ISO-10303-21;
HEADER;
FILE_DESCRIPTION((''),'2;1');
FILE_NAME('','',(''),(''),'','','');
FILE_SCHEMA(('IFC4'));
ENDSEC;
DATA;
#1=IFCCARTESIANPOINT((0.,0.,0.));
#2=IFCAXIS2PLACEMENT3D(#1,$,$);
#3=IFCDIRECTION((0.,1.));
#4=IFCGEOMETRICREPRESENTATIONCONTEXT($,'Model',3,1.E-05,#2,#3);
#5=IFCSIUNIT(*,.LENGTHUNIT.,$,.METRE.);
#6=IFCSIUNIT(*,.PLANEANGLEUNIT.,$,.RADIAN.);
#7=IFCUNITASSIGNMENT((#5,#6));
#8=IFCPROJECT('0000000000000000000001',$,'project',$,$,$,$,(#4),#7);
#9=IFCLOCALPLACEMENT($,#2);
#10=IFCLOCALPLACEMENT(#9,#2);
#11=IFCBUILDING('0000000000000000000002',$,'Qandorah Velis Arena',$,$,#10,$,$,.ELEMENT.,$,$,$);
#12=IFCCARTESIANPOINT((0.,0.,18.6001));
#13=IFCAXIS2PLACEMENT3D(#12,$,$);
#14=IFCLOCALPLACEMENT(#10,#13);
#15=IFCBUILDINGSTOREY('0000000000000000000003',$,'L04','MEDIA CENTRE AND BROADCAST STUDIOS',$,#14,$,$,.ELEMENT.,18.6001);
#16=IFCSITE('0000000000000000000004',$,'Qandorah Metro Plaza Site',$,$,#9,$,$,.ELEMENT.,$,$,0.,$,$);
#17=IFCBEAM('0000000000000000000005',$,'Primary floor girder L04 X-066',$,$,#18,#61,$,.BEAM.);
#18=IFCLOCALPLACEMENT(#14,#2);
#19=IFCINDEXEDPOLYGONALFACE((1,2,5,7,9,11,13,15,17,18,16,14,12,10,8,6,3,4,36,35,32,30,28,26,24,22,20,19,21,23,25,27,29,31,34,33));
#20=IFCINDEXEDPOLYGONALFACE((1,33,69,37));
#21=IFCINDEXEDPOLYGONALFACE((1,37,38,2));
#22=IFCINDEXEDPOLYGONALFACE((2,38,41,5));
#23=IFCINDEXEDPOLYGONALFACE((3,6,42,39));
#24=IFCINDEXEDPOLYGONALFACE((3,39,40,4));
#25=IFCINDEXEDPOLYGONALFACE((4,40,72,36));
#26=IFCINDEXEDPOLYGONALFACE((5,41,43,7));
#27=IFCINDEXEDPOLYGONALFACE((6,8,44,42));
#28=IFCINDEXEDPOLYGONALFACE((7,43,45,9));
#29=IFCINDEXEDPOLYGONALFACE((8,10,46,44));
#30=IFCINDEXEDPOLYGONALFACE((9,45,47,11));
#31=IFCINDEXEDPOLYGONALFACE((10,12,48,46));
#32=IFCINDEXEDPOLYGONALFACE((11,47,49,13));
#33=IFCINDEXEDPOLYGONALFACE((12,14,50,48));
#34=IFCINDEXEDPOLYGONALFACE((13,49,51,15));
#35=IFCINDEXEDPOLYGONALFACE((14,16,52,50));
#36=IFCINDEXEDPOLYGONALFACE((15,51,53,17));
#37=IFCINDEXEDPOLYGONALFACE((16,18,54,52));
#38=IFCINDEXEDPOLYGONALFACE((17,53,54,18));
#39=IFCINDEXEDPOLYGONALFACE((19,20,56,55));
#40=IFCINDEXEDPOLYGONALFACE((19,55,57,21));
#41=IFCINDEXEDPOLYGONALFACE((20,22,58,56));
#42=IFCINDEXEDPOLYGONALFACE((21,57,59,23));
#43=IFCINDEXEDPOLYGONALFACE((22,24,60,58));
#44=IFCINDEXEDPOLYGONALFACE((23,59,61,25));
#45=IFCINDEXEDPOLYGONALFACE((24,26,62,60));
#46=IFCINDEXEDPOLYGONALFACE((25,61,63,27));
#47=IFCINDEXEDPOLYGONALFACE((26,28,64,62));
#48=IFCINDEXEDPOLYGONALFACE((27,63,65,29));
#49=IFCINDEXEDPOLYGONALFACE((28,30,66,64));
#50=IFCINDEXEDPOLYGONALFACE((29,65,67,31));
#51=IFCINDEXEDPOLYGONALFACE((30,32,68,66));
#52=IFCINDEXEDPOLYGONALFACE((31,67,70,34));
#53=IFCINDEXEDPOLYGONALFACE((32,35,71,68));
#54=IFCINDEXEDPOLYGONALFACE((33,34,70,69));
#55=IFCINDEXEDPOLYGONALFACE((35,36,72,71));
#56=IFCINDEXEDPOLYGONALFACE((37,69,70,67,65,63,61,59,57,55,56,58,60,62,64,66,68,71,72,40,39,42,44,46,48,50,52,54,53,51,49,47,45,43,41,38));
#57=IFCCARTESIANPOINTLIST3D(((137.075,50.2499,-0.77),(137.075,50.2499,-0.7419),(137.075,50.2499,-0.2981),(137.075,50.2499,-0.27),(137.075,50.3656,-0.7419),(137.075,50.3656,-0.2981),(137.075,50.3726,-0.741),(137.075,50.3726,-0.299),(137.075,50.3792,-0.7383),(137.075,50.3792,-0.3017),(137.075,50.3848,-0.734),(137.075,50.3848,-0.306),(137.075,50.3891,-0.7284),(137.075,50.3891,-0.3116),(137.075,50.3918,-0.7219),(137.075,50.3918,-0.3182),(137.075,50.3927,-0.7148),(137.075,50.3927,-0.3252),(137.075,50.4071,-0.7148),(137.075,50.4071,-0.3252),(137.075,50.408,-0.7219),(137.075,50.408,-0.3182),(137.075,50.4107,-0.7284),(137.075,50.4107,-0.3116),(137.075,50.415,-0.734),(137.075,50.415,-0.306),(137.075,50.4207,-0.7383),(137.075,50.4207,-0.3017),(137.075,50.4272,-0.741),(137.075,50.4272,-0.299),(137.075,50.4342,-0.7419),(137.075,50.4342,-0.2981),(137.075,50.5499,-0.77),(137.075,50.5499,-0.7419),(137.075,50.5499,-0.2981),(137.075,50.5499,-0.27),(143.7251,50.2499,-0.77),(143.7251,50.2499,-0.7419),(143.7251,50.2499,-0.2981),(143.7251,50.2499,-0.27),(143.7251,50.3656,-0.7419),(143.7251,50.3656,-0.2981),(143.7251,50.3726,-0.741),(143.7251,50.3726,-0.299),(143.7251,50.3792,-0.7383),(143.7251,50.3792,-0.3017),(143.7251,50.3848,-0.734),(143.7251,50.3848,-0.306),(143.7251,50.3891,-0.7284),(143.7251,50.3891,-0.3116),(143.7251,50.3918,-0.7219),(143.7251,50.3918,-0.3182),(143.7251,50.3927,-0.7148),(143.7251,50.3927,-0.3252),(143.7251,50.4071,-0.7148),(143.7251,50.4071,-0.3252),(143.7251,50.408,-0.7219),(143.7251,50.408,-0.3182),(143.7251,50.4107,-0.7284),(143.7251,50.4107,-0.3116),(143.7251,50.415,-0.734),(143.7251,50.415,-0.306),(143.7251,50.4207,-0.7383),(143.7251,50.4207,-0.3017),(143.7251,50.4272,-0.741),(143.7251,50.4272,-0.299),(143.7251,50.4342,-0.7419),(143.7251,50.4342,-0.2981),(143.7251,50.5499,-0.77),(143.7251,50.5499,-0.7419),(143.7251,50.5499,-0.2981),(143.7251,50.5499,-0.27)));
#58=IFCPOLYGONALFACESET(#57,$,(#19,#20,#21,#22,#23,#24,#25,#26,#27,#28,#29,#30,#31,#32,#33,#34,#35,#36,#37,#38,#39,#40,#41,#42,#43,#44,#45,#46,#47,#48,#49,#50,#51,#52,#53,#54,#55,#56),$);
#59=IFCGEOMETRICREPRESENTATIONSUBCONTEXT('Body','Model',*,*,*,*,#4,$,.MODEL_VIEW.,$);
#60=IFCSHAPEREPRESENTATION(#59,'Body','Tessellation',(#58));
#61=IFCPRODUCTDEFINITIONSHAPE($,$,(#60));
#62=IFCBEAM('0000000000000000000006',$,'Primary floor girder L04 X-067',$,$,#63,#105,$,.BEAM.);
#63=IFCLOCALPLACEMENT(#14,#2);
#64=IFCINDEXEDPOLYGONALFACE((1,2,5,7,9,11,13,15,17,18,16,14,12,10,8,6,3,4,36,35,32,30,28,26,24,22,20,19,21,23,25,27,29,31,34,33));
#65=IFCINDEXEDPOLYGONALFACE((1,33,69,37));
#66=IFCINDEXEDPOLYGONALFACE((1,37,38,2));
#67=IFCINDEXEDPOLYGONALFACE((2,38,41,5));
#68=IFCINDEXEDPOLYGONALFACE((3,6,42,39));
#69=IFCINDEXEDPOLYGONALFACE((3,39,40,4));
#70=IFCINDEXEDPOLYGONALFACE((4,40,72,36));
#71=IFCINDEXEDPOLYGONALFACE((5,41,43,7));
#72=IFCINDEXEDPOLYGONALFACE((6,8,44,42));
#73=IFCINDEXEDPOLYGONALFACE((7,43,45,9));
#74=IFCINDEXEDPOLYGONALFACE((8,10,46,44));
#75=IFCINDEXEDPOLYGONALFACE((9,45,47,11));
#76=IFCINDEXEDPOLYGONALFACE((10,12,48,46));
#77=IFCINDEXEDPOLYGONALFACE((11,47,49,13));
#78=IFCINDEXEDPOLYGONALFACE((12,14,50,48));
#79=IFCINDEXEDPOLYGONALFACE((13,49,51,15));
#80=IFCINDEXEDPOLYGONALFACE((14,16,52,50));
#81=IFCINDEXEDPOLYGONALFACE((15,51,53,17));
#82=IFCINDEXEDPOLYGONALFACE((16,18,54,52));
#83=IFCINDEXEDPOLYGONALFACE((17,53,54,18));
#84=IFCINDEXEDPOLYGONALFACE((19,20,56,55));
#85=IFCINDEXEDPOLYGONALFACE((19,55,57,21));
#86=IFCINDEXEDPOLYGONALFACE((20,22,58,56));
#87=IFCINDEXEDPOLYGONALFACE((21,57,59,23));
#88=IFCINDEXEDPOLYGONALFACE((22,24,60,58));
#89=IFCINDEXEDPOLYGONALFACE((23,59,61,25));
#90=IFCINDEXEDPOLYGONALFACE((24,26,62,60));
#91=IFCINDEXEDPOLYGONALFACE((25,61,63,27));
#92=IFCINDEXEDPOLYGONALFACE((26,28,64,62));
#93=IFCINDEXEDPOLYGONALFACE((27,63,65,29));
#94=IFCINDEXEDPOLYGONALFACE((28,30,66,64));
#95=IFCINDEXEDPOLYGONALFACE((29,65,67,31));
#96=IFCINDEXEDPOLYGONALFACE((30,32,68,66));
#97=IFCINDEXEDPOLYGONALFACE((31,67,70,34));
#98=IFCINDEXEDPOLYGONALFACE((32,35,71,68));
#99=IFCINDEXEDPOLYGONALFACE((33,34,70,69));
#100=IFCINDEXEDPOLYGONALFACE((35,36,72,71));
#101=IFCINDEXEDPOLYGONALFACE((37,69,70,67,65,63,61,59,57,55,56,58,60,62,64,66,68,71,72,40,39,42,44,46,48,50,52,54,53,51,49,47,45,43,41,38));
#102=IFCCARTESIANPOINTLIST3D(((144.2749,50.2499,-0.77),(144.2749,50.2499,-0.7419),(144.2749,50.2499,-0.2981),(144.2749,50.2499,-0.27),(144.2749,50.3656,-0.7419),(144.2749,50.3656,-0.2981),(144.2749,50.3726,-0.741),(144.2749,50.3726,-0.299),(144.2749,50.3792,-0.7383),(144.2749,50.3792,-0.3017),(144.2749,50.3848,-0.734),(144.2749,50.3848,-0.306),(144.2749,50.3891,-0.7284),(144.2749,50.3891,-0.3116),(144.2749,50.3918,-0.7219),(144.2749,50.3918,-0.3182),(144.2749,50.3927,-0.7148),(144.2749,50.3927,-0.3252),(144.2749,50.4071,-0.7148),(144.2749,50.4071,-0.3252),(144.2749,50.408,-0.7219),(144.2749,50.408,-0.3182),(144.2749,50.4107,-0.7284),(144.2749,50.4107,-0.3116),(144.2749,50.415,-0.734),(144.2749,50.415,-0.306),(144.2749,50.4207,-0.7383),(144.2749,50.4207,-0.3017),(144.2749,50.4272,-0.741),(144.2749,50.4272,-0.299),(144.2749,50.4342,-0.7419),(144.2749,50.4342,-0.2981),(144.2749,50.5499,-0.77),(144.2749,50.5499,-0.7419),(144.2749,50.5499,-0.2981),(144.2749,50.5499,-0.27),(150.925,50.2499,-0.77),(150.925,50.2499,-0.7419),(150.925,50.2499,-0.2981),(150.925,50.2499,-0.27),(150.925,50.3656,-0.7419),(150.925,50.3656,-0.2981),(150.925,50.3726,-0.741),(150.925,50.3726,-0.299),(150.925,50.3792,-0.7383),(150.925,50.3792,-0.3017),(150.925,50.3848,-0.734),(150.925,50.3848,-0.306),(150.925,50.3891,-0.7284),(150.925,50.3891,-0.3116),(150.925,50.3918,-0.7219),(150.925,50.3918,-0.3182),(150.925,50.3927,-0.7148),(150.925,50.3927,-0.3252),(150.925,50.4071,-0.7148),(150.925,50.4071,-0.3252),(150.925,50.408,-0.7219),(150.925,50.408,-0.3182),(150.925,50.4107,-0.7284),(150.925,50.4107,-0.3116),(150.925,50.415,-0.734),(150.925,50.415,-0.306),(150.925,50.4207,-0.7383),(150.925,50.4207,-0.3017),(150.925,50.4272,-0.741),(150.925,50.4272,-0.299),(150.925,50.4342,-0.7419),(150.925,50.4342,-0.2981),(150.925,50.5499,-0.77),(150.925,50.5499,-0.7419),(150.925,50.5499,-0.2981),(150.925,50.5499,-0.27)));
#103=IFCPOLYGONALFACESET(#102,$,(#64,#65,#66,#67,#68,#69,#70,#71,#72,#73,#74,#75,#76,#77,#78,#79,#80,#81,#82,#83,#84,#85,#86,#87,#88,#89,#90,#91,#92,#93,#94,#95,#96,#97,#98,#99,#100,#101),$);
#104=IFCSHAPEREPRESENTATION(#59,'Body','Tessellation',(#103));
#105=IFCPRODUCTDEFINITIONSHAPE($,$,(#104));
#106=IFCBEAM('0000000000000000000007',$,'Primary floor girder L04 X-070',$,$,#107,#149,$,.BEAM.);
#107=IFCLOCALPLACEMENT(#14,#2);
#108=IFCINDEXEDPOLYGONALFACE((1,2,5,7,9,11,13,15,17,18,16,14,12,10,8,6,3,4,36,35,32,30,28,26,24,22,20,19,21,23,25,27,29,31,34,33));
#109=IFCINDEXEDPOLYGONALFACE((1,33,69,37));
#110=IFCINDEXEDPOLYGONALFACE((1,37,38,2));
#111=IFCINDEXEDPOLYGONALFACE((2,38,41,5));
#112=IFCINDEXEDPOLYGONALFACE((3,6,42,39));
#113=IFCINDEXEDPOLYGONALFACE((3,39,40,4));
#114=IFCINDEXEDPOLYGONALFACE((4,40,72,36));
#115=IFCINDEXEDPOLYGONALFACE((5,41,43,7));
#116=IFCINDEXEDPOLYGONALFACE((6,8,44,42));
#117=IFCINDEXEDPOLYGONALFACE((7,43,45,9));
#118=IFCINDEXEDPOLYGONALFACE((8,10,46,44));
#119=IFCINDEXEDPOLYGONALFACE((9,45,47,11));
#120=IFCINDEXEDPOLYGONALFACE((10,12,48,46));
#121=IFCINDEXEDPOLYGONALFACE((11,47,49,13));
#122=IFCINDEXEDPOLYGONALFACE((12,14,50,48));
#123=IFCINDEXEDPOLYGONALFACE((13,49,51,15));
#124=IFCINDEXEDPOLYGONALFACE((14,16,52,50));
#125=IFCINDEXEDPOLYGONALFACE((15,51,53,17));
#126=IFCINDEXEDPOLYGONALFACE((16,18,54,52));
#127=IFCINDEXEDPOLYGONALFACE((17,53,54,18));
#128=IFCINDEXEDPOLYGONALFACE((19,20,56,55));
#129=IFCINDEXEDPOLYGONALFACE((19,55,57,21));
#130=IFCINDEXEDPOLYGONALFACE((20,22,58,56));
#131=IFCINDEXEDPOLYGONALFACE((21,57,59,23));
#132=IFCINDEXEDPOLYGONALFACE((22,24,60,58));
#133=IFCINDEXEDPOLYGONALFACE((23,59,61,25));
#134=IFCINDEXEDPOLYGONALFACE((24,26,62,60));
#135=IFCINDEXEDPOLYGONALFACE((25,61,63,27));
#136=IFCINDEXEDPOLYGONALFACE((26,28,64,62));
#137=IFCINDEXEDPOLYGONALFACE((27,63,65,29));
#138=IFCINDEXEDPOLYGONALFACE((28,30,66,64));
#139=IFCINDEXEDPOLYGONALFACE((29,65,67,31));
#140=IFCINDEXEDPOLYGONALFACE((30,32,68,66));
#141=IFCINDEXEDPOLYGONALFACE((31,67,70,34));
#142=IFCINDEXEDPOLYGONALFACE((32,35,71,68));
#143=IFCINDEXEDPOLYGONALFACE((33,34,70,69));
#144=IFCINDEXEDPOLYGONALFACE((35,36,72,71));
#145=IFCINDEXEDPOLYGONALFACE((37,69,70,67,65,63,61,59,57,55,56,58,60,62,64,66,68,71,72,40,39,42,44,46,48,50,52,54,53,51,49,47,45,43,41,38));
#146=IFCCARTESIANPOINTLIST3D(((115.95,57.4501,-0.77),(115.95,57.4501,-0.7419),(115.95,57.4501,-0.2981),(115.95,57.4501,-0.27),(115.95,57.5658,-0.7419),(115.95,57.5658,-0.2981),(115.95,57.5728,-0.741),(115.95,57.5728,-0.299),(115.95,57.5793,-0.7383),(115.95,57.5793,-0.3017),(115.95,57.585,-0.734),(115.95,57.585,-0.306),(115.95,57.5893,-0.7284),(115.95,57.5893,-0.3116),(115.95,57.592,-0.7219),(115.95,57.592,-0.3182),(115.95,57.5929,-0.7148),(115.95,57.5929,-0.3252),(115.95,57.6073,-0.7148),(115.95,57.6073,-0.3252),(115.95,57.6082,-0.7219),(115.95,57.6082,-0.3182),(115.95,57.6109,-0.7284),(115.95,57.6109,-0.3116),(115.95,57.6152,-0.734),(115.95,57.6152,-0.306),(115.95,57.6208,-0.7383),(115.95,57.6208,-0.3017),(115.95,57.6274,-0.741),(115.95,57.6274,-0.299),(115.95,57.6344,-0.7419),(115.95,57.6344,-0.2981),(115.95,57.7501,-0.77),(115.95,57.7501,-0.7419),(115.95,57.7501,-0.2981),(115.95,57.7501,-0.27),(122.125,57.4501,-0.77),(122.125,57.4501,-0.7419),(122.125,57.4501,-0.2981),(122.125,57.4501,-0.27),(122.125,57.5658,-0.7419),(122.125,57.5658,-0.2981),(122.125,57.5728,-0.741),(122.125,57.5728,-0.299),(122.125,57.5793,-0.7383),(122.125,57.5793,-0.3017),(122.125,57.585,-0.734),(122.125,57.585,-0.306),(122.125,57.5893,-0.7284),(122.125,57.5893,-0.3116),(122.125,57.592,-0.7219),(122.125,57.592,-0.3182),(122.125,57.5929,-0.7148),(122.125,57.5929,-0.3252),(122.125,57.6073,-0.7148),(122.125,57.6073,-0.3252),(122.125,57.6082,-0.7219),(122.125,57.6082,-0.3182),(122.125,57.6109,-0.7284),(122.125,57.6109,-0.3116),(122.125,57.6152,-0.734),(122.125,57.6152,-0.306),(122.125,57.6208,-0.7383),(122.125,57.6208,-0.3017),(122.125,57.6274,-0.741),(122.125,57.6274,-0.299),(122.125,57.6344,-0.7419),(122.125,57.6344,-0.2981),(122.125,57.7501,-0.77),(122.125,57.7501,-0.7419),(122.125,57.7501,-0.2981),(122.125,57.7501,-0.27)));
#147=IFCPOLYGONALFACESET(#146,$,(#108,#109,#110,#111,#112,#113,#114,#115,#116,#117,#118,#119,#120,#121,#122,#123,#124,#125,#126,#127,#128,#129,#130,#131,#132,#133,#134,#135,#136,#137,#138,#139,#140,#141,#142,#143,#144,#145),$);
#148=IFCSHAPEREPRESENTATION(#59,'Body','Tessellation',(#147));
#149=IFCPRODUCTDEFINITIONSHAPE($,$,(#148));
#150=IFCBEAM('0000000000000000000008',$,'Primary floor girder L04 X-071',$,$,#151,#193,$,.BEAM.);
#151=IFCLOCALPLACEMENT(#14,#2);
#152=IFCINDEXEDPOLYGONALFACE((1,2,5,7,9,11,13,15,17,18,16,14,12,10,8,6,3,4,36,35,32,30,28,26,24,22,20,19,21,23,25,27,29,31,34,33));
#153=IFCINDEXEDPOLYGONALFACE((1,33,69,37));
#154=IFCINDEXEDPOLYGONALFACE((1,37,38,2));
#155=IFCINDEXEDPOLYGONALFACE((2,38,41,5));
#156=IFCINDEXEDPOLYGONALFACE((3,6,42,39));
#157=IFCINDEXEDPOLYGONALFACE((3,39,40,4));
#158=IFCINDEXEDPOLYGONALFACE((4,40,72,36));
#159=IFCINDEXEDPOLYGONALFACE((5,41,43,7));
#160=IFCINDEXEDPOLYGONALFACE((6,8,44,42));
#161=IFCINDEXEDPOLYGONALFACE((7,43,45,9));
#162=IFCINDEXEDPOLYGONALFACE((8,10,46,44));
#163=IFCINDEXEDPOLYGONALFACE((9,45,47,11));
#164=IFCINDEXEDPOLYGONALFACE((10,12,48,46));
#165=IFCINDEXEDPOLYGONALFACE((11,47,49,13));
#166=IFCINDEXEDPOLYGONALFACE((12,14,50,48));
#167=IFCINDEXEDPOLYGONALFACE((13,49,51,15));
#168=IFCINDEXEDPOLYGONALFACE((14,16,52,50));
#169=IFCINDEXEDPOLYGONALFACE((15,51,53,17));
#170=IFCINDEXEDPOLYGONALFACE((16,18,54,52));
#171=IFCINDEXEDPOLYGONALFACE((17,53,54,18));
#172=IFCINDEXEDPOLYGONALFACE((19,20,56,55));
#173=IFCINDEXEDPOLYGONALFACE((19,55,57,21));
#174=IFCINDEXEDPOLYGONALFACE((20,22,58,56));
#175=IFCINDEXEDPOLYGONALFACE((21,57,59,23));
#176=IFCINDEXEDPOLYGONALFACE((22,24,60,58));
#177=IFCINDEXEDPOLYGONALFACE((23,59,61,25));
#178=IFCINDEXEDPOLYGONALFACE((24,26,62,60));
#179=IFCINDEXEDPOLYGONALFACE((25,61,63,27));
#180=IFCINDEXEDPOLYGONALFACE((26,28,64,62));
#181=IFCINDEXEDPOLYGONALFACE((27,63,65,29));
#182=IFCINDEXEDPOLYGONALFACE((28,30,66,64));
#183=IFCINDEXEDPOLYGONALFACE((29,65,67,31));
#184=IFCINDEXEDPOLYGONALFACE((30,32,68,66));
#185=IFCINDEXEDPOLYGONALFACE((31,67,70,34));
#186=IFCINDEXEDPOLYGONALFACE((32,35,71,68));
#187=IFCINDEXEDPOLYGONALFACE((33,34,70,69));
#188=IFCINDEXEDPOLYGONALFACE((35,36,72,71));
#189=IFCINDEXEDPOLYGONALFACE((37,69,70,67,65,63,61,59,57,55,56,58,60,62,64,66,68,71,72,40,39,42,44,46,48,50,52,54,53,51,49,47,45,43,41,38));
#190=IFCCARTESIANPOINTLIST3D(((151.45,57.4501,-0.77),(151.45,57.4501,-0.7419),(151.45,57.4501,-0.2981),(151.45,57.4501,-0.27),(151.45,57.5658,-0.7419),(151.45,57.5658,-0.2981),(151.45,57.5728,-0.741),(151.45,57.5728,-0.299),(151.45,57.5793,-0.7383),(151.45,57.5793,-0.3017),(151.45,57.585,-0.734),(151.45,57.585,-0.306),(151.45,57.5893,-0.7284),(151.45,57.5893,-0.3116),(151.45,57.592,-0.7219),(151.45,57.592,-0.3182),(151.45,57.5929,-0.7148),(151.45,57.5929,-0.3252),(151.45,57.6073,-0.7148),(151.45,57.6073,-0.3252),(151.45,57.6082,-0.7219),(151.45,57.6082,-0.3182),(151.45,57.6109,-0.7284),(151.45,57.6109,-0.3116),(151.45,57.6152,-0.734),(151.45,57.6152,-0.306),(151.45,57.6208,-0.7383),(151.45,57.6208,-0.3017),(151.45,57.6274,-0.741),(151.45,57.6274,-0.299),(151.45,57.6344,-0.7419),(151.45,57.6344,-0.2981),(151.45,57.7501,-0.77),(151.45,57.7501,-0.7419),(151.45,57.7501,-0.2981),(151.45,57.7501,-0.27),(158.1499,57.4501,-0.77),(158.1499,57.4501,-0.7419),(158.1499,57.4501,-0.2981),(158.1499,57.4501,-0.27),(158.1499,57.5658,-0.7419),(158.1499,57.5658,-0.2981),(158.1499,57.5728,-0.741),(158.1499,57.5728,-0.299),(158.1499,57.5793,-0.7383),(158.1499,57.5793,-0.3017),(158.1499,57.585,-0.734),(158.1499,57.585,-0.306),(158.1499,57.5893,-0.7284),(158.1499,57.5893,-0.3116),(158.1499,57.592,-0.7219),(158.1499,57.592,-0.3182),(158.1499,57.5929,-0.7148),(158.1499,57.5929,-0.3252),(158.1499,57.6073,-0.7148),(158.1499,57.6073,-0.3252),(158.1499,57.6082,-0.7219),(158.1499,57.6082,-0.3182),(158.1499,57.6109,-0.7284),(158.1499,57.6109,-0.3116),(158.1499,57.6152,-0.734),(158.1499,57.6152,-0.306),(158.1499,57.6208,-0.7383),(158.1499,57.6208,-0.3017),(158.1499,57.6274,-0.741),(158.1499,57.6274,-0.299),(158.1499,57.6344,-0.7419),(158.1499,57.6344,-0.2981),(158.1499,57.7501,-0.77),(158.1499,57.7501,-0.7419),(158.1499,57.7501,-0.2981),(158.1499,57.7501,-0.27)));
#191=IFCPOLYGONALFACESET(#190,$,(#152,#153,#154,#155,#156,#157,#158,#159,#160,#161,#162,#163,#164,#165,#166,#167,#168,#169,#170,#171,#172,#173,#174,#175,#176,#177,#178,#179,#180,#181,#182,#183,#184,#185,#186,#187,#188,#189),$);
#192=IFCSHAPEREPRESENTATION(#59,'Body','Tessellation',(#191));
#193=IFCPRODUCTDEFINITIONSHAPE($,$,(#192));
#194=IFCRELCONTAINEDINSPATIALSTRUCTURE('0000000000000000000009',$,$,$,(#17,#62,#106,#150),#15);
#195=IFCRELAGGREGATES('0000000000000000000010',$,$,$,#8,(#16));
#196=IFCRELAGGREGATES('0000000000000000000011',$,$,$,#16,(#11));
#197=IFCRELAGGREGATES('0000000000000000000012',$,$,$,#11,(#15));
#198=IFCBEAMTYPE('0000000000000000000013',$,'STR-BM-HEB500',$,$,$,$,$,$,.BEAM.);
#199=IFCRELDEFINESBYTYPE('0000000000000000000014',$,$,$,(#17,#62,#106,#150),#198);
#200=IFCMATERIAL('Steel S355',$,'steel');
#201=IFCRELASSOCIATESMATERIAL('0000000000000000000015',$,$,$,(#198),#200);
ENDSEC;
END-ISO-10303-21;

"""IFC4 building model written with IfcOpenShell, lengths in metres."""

from ifc_helpers import new_model, si_unit, direction, frame, origin, origin_2d, place, context, subcontext, project, spatial, i_section, extrude, material, material_profile, profile_set, type_object, element, save


model = new_model("IFC4")

# Units and contexts
model_context = context("Model", 3, precision=1e-05, world=origin(), true_north=direction((0.0, 1.0)))
body_context = subcontext(model_context, "Body", "Model", "MODEL_VIEW")
ifc_project = project(units=[si_unit("LENGTHUNIT", "METRE"), si_unit("PLANEANGLEUNIT", "RADIAN")], contexts=[model_context])

# Site, building, storey
site_placement = place(None, origin())
site = spatial("IfcSite", under=ifc_project, at=site_placement, Name="Qandorah Metro Plaza Site", CompositionType="ELEMENT", RefElevation=0.0)
building_placement = place(site_placement, origin())
building = spatial("IfcBuilding", under=site, at=building_placement, Name="Qandorah Velis Arena", CompositionType="ELEMENT")
storey_placement = place(building_placement, frame((0.0, 0.0, 18.6001)))
storey = spatial("IfcBuildingStorey", under=building, at=storey_placement, Name="L04", Description="MEDIA CENTRE AND BROADCAST STUDIOS", CompositionType="ELEMENT", Elevation=18.6001)

# Beams
ifc_material_1 = material(Name="Steel S355", Category="steel")
ifc_material_profile_1 = material_profile(ifc_material_1, i_section(OverallWidth=0.3, OverallDepth=0.5, WebThickness=0.0144, FlangeThickness=0.0281, FilletRadius=0.0271, at=origin_2d()), Name="HEB 500")
ifc_profile_set_1 = profile_set([ifc_material_profile_1], Name="Steel S355")
beam_type_1 = type_object("IfcBeamType", Name="STR-BM-HEB500", PredefinedType="BEAM", material=ifc_profile_set_1)
for number, where, z_axis, x_axis, name in (
    (1, (137.075, 50.3999, -0.52), (1.0, 0.0, 0.0), (0.0, 1.0, 0.0), "Primary floor girder L04 X-066"),
    (2, (144.2749, 50.3999, -0.52), (1.0, 0.0, 0.0), (0.0, 1.0, 0.0), "Primary floor girder L04 X-067"),
):
    element("IfcBeam", number, at=place(storey_placement, frame(where, z_axis=z_axis, x_axis=x_axis)), inside=storey, type_object=beam_type_1, Name=name, PredefinedType="BEAM", context=body_context, shape_type="SweptSolid", body=[
        extrude(i_section(OverallWidth=0.3, OverallDepth=0.5, WebThickness=0.0144, FlangeThickness=0.0281, FilletRadius=0.0271, at=origin_2d()), origin(), (0.0, 0.0, 1.0), 6.6501),
    ])
beam_1_placement = place(storey_placement, frame((115.95, 57.6001, -0.52), z_axis=(1.0, 0.0, 0.0), x_axis=(0.0, 1.0, 0.0)))
element("IfcBeam", 3, at=beam_1_placement, inside=storey, type_object=beam_type_1, Name="Primary floor girder L04 X-070", PredefinedType="BEAM", context=body_context, shape_type="SweptSolid", body=[
    extrude(i_section(OverallWidth=0.3, OverallDepth=0.5, WebThickness=0.0144, FlangeThickness=0.0281, FilletRadius=0.0271, at=origin_2d()), origin(), (0.0, 0.0, 1.0), 6.175),
])
beam_2_placement = place(storey_placement, frame((151.45, 57.6001, -0.52), z_axis=(1.0, 0.0, 0.0), x_axis=(0.0, 1.0, 0.0)))
element("IfcBeam", 4, at=beam_2_placement, inside=storey, type_object=beam_type_1, Name="Primary floor girder L04 X-071", PredefinedType="BEAM", context=body_context, shape_type="SweptSolid", body=[
    extrude(i_section(OverallWidth=0.3, OverallDepth=0.5, WebThickness=0.0144, FlangeThickness=0.0281, FilletRadius=0.0271, at=origin_2d()), origin(), (0.0, 0.0, 1.0), 6.7),
])

save(model, "model.ifc")
